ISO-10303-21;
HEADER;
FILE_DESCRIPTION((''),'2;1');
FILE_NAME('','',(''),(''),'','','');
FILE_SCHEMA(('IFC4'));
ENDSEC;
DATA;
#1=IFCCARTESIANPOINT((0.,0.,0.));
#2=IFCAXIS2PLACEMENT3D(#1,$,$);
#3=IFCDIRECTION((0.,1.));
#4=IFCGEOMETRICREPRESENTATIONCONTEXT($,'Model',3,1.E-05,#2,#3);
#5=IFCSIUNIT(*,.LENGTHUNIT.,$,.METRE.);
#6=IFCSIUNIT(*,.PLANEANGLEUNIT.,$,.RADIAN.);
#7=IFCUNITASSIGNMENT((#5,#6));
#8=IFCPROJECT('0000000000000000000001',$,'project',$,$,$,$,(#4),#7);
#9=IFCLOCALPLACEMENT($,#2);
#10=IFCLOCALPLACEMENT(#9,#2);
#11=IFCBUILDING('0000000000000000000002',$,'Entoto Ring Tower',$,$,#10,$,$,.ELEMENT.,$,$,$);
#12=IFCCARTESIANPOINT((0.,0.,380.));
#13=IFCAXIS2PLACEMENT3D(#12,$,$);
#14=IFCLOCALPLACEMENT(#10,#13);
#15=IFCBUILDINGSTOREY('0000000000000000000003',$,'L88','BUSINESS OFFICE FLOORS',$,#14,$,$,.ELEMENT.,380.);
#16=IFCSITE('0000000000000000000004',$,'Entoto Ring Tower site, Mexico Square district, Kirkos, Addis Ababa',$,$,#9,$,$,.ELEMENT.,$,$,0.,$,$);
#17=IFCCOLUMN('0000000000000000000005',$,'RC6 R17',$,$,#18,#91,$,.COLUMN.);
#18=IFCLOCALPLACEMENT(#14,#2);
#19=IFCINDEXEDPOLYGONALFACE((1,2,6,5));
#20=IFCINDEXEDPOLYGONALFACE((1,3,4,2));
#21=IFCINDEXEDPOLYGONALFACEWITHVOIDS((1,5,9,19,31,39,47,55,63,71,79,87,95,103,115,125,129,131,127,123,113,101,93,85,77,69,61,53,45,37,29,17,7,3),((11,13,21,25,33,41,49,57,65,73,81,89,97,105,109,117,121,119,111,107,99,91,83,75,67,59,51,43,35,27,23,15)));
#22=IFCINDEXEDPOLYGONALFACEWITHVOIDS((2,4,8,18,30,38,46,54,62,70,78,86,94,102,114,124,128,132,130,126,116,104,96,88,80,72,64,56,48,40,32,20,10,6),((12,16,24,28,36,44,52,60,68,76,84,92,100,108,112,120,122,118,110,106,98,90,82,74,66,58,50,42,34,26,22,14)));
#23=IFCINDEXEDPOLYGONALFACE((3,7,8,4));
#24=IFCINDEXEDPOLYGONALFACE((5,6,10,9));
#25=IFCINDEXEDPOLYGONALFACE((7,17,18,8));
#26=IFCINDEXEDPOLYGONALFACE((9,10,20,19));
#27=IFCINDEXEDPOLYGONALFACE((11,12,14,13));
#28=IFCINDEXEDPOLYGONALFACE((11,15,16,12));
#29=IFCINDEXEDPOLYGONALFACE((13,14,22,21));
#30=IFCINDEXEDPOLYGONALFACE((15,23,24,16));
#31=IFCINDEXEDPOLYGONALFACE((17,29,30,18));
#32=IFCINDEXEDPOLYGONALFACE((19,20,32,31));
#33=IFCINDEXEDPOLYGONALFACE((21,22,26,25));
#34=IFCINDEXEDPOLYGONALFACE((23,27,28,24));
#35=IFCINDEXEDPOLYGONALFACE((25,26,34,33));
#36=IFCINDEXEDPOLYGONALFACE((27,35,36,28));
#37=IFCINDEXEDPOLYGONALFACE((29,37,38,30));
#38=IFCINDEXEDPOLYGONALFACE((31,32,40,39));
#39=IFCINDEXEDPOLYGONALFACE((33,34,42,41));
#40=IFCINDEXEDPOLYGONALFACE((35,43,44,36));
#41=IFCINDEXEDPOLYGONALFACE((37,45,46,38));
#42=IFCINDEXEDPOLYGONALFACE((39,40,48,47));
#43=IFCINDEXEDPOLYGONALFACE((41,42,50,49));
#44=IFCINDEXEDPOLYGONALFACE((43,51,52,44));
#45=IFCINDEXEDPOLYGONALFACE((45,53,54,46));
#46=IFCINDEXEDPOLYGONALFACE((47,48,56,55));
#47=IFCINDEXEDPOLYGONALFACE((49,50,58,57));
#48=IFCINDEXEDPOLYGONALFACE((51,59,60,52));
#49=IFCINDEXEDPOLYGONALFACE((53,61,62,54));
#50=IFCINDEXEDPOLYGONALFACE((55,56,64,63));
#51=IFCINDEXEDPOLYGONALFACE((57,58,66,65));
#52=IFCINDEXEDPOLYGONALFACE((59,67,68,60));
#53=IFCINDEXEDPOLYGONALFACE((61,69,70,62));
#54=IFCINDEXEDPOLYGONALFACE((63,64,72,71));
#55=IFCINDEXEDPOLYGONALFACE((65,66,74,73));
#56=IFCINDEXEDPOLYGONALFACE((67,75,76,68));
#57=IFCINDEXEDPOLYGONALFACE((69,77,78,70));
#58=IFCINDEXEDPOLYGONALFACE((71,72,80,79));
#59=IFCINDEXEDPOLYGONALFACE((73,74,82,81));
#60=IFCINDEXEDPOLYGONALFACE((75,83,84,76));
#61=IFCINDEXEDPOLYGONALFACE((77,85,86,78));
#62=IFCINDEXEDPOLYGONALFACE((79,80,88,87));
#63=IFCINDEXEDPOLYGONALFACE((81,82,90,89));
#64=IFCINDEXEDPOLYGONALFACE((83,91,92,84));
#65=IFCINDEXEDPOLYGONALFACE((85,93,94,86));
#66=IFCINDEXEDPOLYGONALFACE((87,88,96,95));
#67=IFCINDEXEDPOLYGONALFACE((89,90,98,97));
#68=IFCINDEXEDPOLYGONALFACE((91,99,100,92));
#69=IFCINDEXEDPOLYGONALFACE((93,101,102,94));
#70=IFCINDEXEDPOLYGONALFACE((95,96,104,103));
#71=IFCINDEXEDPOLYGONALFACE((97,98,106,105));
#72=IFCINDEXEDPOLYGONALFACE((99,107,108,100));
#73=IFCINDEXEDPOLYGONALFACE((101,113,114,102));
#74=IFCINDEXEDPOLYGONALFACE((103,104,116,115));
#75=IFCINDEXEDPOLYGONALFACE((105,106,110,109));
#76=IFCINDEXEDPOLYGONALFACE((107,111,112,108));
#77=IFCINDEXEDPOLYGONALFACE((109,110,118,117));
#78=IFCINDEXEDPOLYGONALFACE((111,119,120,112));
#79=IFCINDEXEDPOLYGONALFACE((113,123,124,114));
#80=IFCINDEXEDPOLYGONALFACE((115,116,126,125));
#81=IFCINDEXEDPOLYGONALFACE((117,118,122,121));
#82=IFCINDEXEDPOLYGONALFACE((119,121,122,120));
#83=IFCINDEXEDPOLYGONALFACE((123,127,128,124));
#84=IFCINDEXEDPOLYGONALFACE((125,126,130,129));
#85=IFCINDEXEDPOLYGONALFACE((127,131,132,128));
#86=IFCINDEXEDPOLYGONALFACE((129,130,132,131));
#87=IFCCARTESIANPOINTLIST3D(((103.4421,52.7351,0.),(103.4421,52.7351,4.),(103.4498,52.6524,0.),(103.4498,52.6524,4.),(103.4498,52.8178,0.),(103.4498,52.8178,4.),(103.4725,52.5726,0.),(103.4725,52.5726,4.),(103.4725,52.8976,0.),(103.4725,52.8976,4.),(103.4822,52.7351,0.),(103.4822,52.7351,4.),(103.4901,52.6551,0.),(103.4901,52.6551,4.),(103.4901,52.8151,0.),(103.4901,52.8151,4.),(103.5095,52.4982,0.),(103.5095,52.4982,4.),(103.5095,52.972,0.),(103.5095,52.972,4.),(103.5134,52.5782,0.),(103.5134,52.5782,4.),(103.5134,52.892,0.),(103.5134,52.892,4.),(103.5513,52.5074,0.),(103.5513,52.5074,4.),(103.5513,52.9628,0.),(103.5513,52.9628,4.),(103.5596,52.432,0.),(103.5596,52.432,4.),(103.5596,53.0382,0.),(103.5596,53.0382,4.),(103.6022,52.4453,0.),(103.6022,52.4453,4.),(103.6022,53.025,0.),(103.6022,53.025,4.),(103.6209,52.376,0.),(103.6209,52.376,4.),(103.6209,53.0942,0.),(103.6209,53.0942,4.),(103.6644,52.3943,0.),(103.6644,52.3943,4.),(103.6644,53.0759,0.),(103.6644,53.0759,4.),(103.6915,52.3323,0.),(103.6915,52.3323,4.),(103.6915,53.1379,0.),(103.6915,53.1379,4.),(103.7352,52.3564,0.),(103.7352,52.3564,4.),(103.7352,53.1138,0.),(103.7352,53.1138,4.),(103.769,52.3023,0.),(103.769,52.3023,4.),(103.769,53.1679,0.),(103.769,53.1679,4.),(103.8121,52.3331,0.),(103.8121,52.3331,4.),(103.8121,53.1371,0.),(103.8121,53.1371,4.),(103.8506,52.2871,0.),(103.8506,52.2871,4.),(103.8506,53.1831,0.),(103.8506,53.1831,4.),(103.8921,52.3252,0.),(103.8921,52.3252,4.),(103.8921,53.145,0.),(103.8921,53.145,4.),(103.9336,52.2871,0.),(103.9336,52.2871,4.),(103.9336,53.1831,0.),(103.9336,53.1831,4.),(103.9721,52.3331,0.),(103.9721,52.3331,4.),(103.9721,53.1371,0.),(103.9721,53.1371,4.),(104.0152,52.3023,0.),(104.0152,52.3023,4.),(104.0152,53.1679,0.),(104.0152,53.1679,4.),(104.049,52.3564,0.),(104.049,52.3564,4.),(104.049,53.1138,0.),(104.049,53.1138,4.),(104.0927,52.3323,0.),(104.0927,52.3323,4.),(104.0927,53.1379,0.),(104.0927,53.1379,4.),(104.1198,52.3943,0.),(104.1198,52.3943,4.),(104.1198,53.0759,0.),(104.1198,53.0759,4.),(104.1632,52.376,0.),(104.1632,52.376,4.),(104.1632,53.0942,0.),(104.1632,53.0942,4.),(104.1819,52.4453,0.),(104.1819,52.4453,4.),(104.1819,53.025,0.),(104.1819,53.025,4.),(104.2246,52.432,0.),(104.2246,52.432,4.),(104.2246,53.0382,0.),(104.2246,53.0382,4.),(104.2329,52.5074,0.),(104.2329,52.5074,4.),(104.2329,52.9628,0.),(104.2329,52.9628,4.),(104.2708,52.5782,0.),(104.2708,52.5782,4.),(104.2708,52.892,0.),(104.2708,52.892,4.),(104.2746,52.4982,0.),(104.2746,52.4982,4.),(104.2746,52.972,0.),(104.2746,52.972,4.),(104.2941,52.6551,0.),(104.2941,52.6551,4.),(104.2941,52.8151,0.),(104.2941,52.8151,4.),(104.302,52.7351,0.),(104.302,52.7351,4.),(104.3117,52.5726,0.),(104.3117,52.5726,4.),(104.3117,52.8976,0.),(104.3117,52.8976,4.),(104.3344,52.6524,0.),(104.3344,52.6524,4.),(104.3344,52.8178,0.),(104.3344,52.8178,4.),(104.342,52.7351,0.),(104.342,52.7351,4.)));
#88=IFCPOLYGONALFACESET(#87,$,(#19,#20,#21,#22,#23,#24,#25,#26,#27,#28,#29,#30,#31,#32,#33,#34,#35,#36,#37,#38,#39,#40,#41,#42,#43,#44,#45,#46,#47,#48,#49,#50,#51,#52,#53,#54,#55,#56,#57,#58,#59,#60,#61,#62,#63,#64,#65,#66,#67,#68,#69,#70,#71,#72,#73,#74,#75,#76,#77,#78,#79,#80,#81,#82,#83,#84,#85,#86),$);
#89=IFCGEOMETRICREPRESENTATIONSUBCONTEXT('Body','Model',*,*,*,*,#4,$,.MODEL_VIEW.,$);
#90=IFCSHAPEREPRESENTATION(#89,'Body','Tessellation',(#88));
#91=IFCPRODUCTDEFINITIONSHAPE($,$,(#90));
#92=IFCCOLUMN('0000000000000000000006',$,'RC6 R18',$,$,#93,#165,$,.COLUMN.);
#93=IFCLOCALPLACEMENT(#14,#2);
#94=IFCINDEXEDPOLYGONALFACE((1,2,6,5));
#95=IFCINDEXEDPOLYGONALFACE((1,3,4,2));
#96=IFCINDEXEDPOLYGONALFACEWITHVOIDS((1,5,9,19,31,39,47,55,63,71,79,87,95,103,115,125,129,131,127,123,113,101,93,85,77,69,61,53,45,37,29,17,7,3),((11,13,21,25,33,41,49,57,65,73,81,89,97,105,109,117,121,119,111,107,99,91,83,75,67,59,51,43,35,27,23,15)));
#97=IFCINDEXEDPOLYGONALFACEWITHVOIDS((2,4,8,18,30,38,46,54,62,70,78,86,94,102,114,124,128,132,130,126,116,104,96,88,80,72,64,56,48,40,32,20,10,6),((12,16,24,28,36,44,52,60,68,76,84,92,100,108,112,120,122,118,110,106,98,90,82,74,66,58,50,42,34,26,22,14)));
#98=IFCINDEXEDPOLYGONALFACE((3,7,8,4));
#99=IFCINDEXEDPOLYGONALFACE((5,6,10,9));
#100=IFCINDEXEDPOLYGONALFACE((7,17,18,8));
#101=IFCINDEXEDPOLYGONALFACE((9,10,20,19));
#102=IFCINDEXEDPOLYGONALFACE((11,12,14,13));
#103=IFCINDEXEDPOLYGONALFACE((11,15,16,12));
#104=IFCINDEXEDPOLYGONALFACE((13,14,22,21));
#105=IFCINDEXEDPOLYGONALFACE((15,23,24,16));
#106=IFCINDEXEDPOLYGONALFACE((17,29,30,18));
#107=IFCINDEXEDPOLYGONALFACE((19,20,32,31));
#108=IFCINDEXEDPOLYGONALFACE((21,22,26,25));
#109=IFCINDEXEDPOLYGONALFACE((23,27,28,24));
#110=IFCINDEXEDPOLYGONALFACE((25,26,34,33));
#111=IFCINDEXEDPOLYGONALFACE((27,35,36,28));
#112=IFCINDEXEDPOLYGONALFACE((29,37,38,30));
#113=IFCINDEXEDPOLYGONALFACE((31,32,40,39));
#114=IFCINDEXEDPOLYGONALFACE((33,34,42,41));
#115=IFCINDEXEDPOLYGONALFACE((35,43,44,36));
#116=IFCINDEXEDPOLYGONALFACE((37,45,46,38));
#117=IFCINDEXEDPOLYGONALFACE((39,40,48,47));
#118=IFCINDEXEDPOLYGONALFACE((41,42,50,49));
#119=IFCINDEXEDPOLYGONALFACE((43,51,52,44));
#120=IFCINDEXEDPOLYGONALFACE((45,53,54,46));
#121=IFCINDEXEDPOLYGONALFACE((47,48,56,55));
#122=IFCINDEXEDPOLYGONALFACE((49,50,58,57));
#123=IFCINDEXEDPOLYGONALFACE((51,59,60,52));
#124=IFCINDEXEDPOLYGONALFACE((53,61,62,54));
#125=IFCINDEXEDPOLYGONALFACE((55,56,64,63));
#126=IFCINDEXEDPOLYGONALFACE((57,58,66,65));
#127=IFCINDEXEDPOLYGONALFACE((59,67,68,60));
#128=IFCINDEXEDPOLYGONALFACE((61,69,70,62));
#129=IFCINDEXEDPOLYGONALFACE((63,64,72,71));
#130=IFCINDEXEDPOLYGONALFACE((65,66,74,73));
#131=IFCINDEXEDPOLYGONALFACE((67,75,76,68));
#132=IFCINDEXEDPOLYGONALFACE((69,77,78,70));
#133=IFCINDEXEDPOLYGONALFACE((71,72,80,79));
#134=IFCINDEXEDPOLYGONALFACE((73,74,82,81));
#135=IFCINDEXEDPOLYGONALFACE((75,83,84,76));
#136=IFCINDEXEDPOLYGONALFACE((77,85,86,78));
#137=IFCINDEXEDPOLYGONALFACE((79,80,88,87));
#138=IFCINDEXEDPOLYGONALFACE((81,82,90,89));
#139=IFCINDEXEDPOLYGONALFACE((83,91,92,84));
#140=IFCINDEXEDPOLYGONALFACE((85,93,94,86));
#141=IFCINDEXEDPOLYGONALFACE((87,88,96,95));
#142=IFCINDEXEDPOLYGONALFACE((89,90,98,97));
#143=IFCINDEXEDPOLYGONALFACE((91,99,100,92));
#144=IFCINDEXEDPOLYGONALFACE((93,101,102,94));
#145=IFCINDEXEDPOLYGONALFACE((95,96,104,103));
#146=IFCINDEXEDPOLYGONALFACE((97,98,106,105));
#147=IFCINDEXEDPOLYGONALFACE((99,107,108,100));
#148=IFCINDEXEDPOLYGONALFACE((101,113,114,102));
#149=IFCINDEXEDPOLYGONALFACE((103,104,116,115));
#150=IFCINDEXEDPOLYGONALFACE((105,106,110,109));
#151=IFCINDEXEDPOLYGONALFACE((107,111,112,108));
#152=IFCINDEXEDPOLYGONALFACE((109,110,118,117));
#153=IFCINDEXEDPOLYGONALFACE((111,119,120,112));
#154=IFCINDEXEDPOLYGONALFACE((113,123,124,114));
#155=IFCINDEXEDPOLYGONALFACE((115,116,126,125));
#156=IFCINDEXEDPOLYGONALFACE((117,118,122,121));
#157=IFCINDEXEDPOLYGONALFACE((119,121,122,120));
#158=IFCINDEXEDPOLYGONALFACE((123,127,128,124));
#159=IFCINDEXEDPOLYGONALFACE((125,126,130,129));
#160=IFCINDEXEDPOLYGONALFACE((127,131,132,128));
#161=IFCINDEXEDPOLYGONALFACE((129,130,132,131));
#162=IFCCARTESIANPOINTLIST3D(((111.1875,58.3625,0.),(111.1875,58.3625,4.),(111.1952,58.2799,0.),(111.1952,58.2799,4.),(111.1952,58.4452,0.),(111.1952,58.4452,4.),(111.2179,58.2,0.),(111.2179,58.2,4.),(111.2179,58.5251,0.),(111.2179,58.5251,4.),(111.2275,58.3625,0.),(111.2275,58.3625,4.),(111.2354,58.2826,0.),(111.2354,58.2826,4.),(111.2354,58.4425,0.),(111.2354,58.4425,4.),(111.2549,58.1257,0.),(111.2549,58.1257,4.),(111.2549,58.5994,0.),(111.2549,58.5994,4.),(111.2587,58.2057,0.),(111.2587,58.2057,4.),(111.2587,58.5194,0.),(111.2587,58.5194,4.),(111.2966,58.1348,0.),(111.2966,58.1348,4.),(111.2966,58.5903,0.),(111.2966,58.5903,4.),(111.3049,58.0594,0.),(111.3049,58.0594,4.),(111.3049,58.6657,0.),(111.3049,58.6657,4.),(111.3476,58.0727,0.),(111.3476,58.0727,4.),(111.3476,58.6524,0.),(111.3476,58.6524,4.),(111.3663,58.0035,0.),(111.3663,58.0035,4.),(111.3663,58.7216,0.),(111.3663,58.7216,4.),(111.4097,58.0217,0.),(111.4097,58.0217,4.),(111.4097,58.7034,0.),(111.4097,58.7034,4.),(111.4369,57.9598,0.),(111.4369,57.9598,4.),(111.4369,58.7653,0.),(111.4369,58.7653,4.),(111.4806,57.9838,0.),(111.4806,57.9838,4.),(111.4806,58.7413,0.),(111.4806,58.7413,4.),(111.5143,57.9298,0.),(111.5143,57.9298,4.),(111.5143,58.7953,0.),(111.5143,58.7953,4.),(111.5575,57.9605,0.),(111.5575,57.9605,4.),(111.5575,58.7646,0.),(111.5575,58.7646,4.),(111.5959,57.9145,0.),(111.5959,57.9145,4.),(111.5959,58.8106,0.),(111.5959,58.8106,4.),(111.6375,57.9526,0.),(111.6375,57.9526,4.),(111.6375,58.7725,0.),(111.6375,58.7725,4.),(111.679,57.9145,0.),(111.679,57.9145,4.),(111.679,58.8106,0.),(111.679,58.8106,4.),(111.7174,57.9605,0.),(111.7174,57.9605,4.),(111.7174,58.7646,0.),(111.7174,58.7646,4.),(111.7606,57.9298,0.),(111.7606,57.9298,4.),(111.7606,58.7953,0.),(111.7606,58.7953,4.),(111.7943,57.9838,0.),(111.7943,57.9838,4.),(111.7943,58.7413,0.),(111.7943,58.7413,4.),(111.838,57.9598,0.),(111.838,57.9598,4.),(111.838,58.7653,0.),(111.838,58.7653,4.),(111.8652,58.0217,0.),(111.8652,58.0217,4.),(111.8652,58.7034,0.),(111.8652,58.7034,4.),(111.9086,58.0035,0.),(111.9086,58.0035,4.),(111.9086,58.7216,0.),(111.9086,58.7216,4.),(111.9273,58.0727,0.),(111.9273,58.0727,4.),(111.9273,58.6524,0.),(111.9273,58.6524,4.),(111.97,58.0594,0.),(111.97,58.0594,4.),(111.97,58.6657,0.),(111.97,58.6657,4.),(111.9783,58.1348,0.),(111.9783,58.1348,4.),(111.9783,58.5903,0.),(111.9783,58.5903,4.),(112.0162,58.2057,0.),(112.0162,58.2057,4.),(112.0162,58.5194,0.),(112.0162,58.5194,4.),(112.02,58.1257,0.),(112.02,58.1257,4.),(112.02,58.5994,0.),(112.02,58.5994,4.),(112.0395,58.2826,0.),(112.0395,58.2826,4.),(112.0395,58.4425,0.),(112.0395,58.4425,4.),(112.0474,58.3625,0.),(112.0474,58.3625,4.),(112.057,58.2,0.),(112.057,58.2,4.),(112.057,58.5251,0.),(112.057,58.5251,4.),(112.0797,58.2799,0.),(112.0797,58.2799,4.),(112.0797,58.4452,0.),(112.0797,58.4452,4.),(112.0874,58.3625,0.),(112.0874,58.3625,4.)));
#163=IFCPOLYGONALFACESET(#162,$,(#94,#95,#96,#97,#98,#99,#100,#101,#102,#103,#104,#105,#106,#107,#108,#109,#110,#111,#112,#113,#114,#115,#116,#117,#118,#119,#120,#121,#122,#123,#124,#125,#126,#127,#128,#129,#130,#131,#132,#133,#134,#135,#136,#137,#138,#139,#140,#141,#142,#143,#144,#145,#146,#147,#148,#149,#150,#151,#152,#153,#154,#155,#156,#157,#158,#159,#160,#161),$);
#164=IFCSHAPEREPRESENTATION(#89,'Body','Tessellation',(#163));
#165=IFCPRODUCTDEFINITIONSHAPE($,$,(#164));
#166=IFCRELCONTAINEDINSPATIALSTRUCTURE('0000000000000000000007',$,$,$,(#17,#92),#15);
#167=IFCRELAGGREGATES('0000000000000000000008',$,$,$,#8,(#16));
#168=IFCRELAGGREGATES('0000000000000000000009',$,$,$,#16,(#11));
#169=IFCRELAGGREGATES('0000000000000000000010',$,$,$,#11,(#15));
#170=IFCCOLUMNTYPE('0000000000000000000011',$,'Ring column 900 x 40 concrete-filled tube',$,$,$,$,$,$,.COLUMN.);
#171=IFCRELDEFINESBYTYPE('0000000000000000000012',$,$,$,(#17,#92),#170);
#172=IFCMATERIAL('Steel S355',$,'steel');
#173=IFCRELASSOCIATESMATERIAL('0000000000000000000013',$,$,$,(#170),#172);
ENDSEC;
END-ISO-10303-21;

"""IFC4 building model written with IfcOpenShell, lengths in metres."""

from ifc_helpers import new_model, si_unit, direction, frame, origin, origin_2d, place, context, subcontext, project, spatial, circle, hollow_circle, extrude, material, material_profile, profile_set, type_object, element, save


model = new_model("IFC4")

# Units and contexts
model_context = context("Model", 3, precision=1e-05, world=origin(), true_north=direction((0.0, 1.0)))
body_context = subcontext(model_context, "Body", "Model", "MODEL_VIEW")
ifc_project = project(units=[si_unit("LENGTHUNIT", "METRE"), si_unit("PLANEANGLEUNIT", "RADIAN")], contexts=[model_context])

# Site, building, storey
site_placement = place(None, origin())
site = spatial("IfcSite", under=ifc_project, at=site_placement, Name="Entoto Ring Tower site, Mexico Square district, Kirkos, Addis Ababa", CompositionType="ELEMENT", RefElevation=0.0)
building_placement = place(site_placement, origin())
building = spatial("IfcBuilding", under=site, at=building_placement, Name="Entoto Ring Tower", CompositionType="ELEMENT")
storey_placement = place(building_placement, frame((0.0, 0.0, 380.0)))
storey = spatial("IfcBuildingStorey", under=building, at=storey_placement, Name="L88", Description="BUSINESS OFFICE FLOORS", CompositionType="ELEMENT", Elevation=380.0)

# Columns
ifc_material_1 = material(Name="Steel S355", Category="steel")
ifc_material_profile_1 = material_profile(ifc_material_1, hollow_circle(Radius=0.45, WallThickness=0.04, at=origin_2d()), Name="CHS 900 x 40")
ifc_material_2 = material(Name="Concrete C60/75", Category="concrete")
ifc_material_profile_2 = material_profile(ifc_material_2, circle(Radius=0.4099, at=origin_2d()), Name="Concrete C60/75 infill")
ifc_profile_set_1 = profile_set([ifc_material_profile_1, ifc_material_profile_2], Name="Steel S355")
column_type = type_object("IfcColumnType", Name="Ring column 900 x 40 concrete-filled tube", PredefinedType="COLUMN", material=ifc_profile_set_1)
for number, where, z_axis, x_axis, name in (
    (1, (103.8921, 52.7351, 0.0), (0.0, 0.0, 1.0), (1.0, 0.0, 0.0), "RC6 R17"),
    (2, (111.6375, 58.3625, 0.0), (0.0, 0.0, 1.0), (1.0, 0.0, 0.0), "RC6 R18"),
):
    element("IfcColumn", number, at=place(storey_placement, frame(where, z_axis=z_axis, x_axis=x_axis)), inside=storey, type_object=column_type, Name=name, PredefinedType="COLUMN", context=body_context, shape_type="SweptSolid", body=[
        extrude(hollow_circle(Radius=0.45, WallThickness=0.04, at=origin_2d()), origin(), (0.0, 0.0, 1.0), 4.0),
    ])

save(model, "model.ifc")
